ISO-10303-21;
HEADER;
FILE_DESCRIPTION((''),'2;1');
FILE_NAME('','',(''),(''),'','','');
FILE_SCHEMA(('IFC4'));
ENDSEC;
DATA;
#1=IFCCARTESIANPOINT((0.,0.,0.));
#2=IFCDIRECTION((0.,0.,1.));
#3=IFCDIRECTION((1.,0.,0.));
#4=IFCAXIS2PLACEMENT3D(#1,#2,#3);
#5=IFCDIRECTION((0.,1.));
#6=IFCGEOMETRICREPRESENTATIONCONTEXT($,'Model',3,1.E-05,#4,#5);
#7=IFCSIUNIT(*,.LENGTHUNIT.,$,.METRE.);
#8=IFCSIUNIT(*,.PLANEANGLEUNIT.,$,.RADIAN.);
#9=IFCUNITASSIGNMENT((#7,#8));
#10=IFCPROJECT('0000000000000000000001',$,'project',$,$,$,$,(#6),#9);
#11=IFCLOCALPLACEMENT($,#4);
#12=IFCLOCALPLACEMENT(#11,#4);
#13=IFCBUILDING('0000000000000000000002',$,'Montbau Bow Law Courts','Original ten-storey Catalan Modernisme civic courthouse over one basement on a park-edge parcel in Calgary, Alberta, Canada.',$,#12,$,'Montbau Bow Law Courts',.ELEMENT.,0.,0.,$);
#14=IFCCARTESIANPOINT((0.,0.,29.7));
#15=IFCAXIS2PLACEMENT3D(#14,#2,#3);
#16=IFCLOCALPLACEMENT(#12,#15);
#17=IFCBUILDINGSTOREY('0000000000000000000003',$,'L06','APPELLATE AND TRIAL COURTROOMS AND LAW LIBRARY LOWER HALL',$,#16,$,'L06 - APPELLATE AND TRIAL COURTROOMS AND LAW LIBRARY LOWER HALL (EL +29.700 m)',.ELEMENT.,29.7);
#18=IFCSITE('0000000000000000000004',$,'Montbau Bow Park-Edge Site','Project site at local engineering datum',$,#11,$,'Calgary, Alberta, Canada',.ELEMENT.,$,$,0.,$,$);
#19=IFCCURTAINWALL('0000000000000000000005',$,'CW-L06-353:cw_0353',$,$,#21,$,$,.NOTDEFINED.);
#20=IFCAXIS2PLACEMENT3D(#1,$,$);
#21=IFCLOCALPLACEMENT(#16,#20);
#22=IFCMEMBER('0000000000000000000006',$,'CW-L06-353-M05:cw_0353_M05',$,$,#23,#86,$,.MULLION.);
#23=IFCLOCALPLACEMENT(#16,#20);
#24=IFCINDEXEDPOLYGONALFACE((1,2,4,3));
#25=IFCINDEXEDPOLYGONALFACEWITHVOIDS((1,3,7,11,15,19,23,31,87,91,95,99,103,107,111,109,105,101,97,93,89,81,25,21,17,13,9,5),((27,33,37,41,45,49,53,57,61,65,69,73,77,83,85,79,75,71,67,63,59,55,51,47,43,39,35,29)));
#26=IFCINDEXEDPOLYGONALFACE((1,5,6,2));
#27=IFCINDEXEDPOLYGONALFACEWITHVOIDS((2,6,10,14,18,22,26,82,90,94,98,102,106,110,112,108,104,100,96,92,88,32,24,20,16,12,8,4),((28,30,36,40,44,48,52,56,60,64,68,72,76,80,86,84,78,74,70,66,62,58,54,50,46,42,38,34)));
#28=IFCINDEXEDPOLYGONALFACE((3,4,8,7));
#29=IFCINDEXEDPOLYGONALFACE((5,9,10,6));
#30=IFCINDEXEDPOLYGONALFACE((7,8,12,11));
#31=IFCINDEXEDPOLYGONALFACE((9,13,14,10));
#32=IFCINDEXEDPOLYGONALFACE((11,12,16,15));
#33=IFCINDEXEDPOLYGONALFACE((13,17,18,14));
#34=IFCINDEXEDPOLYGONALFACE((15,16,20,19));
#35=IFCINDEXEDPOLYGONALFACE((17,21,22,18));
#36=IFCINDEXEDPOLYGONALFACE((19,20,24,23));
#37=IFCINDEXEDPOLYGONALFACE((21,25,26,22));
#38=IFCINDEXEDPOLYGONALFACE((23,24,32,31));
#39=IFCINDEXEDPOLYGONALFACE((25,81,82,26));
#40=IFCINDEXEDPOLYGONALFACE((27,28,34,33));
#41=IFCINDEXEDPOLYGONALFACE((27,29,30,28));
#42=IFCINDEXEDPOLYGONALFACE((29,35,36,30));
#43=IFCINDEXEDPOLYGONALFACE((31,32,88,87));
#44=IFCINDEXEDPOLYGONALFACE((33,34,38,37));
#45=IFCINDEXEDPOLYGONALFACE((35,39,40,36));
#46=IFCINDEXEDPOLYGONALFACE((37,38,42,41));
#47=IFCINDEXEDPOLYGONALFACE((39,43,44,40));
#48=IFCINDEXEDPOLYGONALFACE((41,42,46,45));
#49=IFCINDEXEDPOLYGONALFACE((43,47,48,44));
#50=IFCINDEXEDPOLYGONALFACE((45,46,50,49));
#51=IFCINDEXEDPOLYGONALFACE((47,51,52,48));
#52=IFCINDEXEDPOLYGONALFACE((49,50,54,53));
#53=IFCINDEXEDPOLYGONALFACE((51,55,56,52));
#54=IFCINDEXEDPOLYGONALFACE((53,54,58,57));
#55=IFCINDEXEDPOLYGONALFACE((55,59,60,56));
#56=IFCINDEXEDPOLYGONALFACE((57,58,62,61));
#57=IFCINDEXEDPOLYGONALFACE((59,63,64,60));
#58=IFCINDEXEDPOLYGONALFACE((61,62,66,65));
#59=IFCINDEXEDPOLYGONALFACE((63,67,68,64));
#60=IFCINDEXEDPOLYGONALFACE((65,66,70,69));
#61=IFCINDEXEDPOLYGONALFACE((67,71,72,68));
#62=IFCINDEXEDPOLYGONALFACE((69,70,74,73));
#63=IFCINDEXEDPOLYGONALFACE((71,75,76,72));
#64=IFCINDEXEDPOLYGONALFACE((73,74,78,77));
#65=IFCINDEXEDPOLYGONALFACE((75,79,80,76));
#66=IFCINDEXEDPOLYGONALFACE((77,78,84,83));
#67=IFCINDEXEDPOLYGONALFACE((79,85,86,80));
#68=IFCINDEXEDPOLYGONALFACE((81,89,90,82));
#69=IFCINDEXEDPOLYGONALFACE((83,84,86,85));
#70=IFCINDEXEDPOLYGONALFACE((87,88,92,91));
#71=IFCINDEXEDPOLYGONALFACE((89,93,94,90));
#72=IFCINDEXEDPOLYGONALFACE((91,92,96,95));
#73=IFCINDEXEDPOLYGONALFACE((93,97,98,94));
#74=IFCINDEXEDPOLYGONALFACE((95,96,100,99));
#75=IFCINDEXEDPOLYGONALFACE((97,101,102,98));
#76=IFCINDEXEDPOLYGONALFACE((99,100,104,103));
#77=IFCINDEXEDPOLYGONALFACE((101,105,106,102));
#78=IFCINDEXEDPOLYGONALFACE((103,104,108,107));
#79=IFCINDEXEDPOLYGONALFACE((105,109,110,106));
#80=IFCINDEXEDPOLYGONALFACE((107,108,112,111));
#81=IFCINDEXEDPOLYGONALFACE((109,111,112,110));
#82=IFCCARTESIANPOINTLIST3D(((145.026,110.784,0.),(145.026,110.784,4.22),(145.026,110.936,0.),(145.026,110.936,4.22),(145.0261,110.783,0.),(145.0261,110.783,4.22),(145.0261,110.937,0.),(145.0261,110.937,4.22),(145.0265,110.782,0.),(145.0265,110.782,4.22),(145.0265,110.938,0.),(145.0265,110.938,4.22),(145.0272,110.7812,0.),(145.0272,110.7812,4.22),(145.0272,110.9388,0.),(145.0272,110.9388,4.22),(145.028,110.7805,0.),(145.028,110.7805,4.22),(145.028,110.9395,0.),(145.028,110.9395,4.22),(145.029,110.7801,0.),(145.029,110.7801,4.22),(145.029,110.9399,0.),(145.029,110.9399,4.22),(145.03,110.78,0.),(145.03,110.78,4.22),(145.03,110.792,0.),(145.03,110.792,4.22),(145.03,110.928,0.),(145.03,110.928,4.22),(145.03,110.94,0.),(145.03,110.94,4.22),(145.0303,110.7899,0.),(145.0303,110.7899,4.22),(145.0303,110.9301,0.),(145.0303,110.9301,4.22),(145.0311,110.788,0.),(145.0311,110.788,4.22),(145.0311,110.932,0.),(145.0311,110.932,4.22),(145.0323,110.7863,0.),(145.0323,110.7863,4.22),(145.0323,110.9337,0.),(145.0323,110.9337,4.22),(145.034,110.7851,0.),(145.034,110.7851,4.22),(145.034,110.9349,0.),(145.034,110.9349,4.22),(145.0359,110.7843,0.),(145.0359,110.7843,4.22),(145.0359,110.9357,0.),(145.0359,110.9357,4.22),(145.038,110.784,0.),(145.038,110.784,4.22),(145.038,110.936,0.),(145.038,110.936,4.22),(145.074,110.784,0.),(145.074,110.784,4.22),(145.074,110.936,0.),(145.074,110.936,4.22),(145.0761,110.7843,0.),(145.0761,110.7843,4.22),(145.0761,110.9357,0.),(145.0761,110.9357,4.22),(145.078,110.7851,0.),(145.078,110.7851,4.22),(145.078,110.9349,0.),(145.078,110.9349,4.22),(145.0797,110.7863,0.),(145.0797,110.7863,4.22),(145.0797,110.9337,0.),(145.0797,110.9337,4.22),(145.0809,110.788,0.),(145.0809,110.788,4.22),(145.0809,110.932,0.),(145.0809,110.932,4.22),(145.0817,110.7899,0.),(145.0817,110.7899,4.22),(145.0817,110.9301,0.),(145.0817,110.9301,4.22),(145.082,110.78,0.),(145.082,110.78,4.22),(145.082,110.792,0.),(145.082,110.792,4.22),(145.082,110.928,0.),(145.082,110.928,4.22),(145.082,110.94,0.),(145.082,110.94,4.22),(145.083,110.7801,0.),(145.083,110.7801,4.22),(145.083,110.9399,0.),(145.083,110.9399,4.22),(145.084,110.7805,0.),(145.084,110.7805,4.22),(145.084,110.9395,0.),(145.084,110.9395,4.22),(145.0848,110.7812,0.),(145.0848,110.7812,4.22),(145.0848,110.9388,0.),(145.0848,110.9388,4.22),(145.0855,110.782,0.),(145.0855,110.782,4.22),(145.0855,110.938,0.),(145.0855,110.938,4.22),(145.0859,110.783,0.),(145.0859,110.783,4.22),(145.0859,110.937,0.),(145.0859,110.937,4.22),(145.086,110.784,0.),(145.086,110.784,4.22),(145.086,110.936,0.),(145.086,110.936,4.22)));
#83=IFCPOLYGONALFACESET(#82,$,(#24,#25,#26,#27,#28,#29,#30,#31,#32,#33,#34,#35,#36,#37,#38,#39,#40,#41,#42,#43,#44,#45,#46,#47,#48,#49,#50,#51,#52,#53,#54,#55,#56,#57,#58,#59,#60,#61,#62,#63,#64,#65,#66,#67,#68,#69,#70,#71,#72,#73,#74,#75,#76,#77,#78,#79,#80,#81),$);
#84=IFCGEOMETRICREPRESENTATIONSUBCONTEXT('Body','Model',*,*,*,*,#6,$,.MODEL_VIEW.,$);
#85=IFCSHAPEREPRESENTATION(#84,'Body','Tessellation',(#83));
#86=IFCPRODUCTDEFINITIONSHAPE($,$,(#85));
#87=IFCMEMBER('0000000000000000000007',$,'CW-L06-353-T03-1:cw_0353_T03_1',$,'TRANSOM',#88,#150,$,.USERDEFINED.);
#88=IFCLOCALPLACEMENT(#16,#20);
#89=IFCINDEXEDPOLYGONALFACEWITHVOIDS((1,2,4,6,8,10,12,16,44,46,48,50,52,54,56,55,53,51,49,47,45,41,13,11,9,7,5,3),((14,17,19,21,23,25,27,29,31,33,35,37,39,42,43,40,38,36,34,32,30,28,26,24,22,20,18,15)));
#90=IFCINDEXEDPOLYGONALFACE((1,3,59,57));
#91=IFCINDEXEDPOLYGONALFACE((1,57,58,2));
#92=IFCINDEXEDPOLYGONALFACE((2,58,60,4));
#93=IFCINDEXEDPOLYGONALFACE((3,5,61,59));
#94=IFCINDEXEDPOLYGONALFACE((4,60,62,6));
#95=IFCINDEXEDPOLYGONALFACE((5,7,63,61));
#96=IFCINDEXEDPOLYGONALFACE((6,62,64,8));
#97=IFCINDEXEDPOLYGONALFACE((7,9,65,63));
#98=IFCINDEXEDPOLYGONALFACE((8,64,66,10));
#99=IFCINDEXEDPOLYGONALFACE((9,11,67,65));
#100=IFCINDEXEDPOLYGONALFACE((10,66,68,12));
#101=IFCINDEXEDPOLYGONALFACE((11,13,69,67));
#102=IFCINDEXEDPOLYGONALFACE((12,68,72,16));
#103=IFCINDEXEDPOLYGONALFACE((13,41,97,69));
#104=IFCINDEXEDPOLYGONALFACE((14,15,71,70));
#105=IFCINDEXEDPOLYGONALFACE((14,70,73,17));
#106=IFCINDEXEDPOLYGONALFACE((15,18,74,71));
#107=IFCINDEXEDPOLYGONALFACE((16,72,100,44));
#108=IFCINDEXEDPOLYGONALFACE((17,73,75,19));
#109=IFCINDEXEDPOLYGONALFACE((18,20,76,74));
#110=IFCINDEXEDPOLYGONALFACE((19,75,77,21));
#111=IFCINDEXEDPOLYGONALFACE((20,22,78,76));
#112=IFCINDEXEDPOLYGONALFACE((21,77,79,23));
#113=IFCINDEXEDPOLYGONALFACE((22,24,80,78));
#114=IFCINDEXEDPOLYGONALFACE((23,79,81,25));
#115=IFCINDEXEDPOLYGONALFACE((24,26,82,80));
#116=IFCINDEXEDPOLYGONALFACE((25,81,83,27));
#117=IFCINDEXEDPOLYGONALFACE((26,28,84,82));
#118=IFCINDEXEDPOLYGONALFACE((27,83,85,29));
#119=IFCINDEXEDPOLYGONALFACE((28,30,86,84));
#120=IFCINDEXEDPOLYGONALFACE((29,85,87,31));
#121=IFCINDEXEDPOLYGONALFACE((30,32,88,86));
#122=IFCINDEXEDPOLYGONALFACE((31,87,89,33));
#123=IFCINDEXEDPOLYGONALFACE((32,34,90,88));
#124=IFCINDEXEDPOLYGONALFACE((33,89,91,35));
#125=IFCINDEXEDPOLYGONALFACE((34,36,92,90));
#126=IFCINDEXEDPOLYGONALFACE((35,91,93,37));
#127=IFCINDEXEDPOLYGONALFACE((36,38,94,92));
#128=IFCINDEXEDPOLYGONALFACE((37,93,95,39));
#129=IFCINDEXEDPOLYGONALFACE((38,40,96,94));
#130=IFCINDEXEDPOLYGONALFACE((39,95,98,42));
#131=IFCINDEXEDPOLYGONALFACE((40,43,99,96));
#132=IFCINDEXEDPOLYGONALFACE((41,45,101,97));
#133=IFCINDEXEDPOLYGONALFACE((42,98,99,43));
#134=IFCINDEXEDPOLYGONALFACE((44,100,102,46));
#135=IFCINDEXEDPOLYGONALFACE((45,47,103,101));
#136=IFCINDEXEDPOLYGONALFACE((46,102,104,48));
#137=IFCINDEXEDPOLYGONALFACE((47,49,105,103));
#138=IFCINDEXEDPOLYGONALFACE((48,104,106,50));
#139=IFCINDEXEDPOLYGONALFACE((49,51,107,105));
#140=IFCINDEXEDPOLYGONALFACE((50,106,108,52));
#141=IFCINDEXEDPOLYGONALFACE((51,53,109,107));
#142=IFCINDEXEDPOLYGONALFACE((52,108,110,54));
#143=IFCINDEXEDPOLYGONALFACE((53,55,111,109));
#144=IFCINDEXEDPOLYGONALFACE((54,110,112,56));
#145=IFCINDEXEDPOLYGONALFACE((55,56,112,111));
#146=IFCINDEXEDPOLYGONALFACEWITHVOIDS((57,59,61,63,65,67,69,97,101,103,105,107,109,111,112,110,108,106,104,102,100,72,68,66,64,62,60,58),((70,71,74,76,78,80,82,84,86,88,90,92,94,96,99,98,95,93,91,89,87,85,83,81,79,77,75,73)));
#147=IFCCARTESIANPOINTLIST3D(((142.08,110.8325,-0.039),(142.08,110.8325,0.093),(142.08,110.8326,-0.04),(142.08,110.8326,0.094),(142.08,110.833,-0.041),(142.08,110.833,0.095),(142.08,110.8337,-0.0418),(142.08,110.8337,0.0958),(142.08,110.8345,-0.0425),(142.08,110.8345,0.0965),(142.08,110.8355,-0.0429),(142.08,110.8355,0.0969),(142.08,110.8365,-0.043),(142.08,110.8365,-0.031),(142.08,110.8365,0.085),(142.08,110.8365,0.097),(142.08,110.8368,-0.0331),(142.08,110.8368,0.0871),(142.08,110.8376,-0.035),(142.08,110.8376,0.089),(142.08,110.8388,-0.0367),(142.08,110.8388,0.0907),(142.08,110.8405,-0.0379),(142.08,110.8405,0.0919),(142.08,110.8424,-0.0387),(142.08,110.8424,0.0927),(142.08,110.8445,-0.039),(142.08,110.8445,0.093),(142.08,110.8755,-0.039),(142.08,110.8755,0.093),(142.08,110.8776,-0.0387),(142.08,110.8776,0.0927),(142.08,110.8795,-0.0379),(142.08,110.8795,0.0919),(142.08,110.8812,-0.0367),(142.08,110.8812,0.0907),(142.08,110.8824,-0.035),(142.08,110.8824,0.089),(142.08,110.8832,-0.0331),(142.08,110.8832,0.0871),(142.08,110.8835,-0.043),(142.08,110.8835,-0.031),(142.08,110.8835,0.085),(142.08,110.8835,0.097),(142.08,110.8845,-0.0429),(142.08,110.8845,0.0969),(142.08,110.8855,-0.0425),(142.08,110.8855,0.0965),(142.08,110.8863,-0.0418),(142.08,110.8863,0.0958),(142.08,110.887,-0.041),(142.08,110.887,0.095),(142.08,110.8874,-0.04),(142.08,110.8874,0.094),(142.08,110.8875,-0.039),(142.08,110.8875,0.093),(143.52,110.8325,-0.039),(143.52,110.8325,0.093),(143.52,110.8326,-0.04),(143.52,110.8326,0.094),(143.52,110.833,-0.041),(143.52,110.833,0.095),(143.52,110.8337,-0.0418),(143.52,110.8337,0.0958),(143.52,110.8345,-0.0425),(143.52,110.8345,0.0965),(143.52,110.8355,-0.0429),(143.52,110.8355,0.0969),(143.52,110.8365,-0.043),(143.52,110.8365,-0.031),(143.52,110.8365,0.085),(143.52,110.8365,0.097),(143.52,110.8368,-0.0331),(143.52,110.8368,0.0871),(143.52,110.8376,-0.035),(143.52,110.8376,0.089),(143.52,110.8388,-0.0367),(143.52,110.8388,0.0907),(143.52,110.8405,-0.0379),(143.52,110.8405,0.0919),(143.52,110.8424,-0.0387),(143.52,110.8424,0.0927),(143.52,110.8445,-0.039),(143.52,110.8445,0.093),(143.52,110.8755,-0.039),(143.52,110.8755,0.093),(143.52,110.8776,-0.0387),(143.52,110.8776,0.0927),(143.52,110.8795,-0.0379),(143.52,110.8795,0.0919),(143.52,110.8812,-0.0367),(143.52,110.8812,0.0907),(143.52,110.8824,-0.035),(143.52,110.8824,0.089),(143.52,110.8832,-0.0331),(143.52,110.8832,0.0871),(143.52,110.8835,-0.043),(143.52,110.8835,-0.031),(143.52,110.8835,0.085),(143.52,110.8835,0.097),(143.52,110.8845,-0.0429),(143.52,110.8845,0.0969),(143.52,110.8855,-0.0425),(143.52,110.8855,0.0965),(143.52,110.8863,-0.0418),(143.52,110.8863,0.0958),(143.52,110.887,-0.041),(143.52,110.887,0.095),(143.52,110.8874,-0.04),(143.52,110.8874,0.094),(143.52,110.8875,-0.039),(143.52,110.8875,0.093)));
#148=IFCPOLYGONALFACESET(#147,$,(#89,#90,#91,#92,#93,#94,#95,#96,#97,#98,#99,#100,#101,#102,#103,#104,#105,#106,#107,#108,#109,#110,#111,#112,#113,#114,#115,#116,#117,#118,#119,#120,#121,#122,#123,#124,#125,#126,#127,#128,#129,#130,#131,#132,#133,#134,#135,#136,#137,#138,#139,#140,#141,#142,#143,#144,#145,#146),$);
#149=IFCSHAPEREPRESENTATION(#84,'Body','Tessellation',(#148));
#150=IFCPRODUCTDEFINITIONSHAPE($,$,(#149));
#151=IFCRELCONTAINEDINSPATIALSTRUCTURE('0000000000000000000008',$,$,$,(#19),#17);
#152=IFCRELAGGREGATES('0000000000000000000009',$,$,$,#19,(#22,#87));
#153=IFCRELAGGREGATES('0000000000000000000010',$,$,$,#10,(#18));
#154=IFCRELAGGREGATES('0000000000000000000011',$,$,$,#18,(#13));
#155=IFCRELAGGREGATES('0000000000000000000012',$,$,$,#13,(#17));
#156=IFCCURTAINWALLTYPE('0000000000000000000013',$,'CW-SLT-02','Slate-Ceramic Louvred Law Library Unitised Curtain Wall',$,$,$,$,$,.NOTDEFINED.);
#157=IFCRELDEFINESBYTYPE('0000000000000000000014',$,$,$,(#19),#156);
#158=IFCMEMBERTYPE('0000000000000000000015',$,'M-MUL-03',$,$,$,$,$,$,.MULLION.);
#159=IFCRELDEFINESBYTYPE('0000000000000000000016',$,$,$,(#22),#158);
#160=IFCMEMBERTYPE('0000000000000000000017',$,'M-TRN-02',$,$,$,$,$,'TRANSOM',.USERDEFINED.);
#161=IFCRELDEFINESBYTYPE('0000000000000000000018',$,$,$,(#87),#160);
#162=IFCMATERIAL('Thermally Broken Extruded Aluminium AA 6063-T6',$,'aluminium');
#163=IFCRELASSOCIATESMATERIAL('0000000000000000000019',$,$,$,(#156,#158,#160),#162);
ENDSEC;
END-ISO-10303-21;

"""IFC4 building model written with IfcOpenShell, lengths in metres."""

from ifc_helpers import new_model, si_unit, direction, frame, origin_with_axes, origin_2d_with_axis, place, context, subcontext, project, spatial, hollow_rectangle, extrude, material, material_profile, profile_set, type_object, element, aggregate, save


model = new_model("IFC4")

# Units and contexts
model_context = context("Model", 3, precision=1e-05, world=origin_with_axes(), true_north=direction((0.0, 1.0)))
body_context = subcontext(model_context, "Body", "Model", "MODEL_VIEW")
ifc_project = project(units=[si_unit("LENGTHUNIT", "METRE"), si_unit("PLANEANGLEUNIT", "RADIAN")], contexts=[model_context])

# Site, building, storey
site_placement = place(None, origin_with_axes())
site = spatial("IfcSite", under=ifc_project, at=site_placement, Name="Montbau Bow Park-Edge Site", Description="Project site at local engineering datum", LongName="Calgary, Alberta, Canada", CompositionType="ELEMENT", RefElevation=0.0)
building_placement = place(site_placement, origin_with_axes())
building = spatial("IfcBuilding", under=site, at=building_placement, Name="Montbau Bow Law Courts", Description="Original ten-storey Catalan Modernisme civic courthouse over one basement on a park-edge parcel in Calgary, Alberta, Canada.", LongName="Montbau Bow Law Courts", CompositionType="ELEMENT", ElevationOfRefHeight=0.0, ElevationOfTerrain=0.0)
storey_placement = place(building_placement, frame((0.0, 0.0, 29.7), z_axis=(0.0, 0.0, 1.0), x_axis=(1.0, 0.0, 0.0)))
storey = spatial("IfcBuildingStorey", under=building, at=storey_placement, Name="L06", Description="APPELLATE AND TRIAL COURTROOMS AND LAW LIBRARY LOWER HALL", LongName="L06 - APPELLATE AND TRIAL COURTROOMS AND LAW LIBRARY LOWER HALL (EL +29.700 m)", CompositionType="ELEMENT", Elevation=29.7)

# Curtain wall, members
ifc_material_1 = material(Name="Thermally Broken Extruded Aluminium AA 6063-T6", Category="aluminium")
curtain_wall_type = type_object("IfcCurtainWallType", Name="CW-SLT-02", Description="Slate-Ceramic Louvred Law Library Unitised Curtain Wall", PredefinedType="NOTDEFINED", material=ifc_material_1)
curtain_wall_placement = place(None, frame((139.04, 110.86, 29.7), z_axis=(0.0, 0.0, 1.0), x_axis=(1.0, 0.0, 0.0)))
curtain_wall = element("IfcCurtainWall", 1, at=curtain_wall_placement, inside=storey, type_object=curtain_wall_type, Name="CW-L06-353:cw_0353", PredefinedType="NOTDEFINED")
ifc_material_profile_1 = material_profile(ifc_material_1, hollow_rectangle(XDim=0.06, YDim=0.16, WallThickness=0.004, InnerFilletRadius=0.008, OuterFilletRadius=0.004, at=origin_2d_with_axis()), Name="CWM-160X60", Category="Main", Priority=0)
ifc_profile_set_1 = profile_set([ifc_material_profile_1], Name="Thermally Broken Extruded Aluminium AA 6063-T6")
member_type_1 = type_object("IfcMemberType", Name="M-MUL-03", PredefinedType="MULLION", material=ifc_profile_set_1)
member_1_placement = place(None, frame((145.056, 110.86, 29.7), z_axis=(0.0, 0.0, 1.0), x_axis=(1.0, 0.0, 0.0)))
member_1 = element("IfcMember", 2, at=member_1_placement, type_object=member_type_1, Name="CW-L06-353-M05:cw_0353_M05", PredefinedType="MULLION", context=body_context, shape_type="SweptSolid", body=[
    extrude(hollow_rectangle(XDim=0.06, YDim=0.16, WallThickness=0.004, InnerFilletRadius=0.008, OuterFilletRadius=0.004, at=origin_2d_with_axis()), origin_with_axes(), (0.0, 0.0, 1.0), 4.22),
])
ifc_material_profile_2 = material_profile(ifc_material_1, hollow_rectangle(XDim=0.055, YDim=0.14, WallThickness=0.004, InnerFilletRadius=0.008, OuterFilletRadius=0.004, at=origin_2d_with_axis()), Name="CWT-140X55", Category="Main", Priority=0)
ifc_profile_set_2 = profile_set([ifc_material_profile_2], Name="Thermally Broken Extruded Aluminium AA 6063-T6")
member_type_2 = type_object("IfcMemberType", Name="M-TRN-02", ElementType="TRANSOM", PredefinedType="USERDEFINED", material=ifc_profile_set_2)
member_2_placement = place(None, frame((142.08, 110.86, 29.727), z_axis=(1.0, 0.0, 0.0), x_axis=(0.0, 1.0, 0.0)))
member_2 = element("IfcMember", 3, at=member_2_placement, type_object=member_type_2, Name="CW-L06-353-T03-1:cw_0353_T03_1", ObjectType="TRANSOM", PredefinedType="USERDEFINED", context=body_context, shape_type="SweptSolid", body=[
    extrude(hollow_rectangle(XDim=0.055, YDim=0.14, WallThickness=0.004, InnerFilletRadius=0.008, OuterFilletRadius=0.004, at=origin_2d_with_axis()), origin_with_axes(), (0.0, 0.0, 1.0), 1.44),
])
aggregate(curtain_wall, [member_1, member_2])

save(model, "model.ifc")
